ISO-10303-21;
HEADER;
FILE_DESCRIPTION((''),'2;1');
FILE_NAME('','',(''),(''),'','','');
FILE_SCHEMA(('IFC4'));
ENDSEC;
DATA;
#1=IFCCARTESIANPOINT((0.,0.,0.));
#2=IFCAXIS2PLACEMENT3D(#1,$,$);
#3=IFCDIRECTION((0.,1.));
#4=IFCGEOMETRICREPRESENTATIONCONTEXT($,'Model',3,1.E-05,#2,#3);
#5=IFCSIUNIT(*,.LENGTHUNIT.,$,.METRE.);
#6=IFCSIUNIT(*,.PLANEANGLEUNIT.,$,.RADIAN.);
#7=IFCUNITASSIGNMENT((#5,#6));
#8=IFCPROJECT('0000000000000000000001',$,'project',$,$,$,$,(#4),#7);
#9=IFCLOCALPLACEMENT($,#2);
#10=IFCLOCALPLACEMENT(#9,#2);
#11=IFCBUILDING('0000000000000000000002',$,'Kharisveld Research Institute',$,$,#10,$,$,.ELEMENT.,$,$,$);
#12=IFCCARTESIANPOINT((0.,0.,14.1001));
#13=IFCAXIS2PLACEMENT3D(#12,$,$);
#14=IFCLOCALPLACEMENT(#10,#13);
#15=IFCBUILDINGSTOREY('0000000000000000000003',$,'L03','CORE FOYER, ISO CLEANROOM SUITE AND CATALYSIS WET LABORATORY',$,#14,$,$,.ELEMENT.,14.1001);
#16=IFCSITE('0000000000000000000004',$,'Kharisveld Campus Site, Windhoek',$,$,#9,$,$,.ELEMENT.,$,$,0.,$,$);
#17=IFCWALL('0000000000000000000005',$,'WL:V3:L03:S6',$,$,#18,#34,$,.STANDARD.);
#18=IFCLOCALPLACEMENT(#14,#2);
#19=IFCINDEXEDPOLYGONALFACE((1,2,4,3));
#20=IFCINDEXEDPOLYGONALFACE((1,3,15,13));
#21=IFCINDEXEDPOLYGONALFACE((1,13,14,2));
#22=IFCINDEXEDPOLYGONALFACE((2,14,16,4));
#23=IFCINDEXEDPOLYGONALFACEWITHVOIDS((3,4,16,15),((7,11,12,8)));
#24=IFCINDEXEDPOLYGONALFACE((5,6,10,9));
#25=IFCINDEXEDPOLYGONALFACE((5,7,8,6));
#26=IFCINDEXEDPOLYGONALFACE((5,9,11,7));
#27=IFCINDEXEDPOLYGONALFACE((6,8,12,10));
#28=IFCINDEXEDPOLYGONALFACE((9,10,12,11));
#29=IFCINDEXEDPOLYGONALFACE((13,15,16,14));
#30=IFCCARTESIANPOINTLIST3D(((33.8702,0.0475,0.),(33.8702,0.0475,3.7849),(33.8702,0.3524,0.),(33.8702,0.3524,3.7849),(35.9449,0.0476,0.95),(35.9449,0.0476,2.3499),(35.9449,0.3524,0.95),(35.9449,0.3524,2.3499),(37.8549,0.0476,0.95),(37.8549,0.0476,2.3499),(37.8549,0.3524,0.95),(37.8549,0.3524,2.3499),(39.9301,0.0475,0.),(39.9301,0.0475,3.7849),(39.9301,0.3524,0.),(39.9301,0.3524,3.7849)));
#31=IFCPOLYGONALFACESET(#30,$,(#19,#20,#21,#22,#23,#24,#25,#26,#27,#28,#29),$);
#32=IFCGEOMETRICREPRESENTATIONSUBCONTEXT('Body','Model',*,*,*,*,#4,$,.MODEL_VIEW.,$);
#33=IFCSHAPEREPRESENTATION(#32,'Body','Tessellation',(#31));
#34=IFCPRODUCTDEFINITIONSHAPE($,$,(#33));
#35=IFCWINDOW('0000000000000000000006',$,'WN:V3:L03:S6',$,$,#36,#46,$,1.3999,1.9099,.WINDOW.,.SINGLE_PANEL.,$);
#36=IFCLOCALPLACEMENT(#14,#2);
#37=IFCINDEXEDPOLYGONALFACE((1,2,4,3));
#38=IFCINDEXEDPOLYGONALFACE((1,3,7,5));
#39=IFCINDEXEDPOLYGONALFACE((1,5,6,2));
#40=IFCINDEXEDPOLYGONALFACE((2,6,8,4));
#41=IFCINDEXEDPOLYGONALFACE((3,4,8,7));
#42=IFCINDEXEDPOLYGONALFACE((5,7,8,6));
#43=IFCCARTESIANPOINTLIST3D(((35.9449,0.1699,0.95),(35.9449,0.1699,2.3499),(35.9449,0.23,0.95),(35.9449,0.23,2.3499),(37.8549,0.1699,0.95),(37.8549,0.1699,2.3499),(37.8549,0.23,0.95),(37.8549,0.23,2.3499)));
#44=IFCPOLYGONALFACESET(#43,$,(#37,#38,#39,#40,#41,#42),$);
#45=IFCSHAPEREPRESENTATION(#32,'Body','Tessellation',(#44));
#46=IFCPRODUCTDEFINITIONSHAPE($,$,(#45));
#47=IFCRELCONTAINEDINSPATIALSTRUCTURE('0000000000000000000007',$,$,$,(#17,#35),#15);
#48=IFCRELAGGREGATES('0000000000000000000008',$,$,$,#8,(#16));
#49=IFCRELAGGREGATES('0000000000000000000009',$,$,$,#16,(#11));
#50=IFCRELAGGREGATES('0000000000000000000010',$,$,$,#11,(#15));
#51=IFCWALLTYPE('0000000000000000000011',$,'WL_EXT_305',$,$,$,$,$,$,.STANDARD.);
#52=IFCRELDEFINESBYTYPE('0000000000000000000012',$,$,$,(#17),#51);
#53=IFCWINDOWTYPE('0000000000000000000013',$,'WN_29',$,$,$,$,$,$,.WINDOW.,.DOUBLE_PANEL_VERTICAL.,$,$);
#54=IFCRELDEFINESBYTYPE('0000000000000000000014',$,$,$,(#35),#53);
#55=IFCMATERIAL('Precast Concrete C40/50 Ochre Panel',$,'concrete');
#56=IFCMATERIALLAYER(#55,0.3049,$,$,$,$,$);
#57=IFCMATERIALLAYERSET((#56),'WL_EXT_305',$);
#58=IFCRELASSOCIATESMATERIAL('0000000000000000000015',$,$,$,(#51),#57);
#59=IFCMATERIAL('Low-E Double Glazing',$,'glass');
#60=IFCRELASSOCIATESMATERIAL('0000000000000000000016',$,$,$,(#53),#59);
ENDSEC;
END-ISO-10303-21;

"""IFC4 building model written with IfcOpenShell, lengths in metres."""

from ifc_helpers import new_model, si_unit, direction, frame, frame_2d, origin, place, context, subcontext, project, spatial, rectangle, extrude, material, layer, layer_set, type_object, element, fill, save


model = new_model("IFC4")

# Units and contexts
model_context = context("Model", 3, precision=1e-05, world=origin(), true_north=direction((0.0, 1.0)))
body_context = subcontext(model_context, "Body", "Model", "MODEL_VIEW")
ifc_project = project(units=[si_unit("LENGTHUNIT", "METRE"), si_unit("PLANEANGLEUNIT", "RADIAN")], contexts=[model_context])

# Site, building, storey
site_placement = place(None, origin())
site = spatial("IfcSite", under=ifc_project, at=site_placement, Name="Kharisveld Campus Site, Windhoek", CompositionType="ELEMENT", RefElevation=0.0)
building_placement = place(site_placement, origin())
building = spatial("IfcBuilding", under=site, at=building_placement, Name="Kharisveld Research Institute", CompositionType="ELEMENT")
storey_placement = place(building_placement, frame((0.0, 0.0, 14.1001)))
storey = spatial("IfcBuildingStorey", under=building, at=storey_placement, Name="L03", Description="CORE FOYER, ISO CLEANROOM SUITE AND CATALYSIS WET LABORATORY", CompositionType="ELEMENT", Elevation=14.1001)

# Wall, opening, window
ifc_material_1 = material(Name="Precast Concrete C40/50 Ochre Panel", Category="concrete")
ifc_layer_1 = layer(ifc_material_1, 0.3049)
ifc_layer_set_1 = layer_set([ifc_layer_1], Name="WL_EXT_305")
wall_type = type_object("IfcWallType", Name="WL_EXT_305", PredefinedType="STANDARD", material=ifc_layer_set_1)
wall_placement = place(storey_placement, frame((39.9299, 0.2, 0.0), z_axis=(0.0, 0.0, 1.0), x_axis=(-1.0, 0.0, 0.0)))
wall = element("IfcWall", 1, at=wall_placement, inside=storey, type_object=wall_type, Name="WL:V3:L03:S6", PredefinedType="STANDARD", context=body_context, shape_type="SweptSolid", body=[
    extrude(rectangle(XDim=6.0598, YDim=0.3049, at=frame_2d((3.0298, 0.0))), origin(), (0.0, 0.0, 1.0), 3.7849),
])
opening_placement = place(wall_placement, frame((2.075, 0.0, 0.95)))
opening = element("IfcOpeningElement", 2, at=opening_placement, cuts=wall, PredefinedType="OPENING", context=body_context, shape_type="SweptSolid", body=[
    extrude(rectangle(XDim=1.9099, YDim=1.3999, at=frame_2d((0.9551, 0.7))), frame((0.0, 0.1523, 0.0), z_axis=(0.0, -1.0, 0.0), x_axis=(1.0, 0.0, 0.0)), (0.0, 0.0, 1.0), 0.3049),
])
ifc_material_2 = material(Name="Low-E Double Glazing", Category="glass")
window_type = type_object("IfcWindowType", Name="WN_29", PartitioningType="DOUBLE_PANEL_VERTICAL", PredefinedType="WINDOW", material=ifc_material_2)
window_placement = place(opening_placement, origin())
window = element("IfcWindow", 3, at=window_placement, inside=storey, type_object=window_type, Name="WN:V3:L03:S6", OverallHeight=1.3999, OverallWidth=1.9099, PartitioningType="SINGLE_PANEL", PredefinedType="WINDOW", context=body_context, shape_type="SweptSolid", body=[
    extrude(rectangle(XDim=1.9099, YDim=1.3999, at=frame_2d((0.9551, 0.7))), frame((0.0, 0.03, 0.0), z_axis=(0.0, -1.0, 0.0), x_axis=(1.0, 0.0, 0.0)), (0.0, 0.0, 1.0), 0.0601),
])
fill(opening, window)

save(model, "model.ifc")
